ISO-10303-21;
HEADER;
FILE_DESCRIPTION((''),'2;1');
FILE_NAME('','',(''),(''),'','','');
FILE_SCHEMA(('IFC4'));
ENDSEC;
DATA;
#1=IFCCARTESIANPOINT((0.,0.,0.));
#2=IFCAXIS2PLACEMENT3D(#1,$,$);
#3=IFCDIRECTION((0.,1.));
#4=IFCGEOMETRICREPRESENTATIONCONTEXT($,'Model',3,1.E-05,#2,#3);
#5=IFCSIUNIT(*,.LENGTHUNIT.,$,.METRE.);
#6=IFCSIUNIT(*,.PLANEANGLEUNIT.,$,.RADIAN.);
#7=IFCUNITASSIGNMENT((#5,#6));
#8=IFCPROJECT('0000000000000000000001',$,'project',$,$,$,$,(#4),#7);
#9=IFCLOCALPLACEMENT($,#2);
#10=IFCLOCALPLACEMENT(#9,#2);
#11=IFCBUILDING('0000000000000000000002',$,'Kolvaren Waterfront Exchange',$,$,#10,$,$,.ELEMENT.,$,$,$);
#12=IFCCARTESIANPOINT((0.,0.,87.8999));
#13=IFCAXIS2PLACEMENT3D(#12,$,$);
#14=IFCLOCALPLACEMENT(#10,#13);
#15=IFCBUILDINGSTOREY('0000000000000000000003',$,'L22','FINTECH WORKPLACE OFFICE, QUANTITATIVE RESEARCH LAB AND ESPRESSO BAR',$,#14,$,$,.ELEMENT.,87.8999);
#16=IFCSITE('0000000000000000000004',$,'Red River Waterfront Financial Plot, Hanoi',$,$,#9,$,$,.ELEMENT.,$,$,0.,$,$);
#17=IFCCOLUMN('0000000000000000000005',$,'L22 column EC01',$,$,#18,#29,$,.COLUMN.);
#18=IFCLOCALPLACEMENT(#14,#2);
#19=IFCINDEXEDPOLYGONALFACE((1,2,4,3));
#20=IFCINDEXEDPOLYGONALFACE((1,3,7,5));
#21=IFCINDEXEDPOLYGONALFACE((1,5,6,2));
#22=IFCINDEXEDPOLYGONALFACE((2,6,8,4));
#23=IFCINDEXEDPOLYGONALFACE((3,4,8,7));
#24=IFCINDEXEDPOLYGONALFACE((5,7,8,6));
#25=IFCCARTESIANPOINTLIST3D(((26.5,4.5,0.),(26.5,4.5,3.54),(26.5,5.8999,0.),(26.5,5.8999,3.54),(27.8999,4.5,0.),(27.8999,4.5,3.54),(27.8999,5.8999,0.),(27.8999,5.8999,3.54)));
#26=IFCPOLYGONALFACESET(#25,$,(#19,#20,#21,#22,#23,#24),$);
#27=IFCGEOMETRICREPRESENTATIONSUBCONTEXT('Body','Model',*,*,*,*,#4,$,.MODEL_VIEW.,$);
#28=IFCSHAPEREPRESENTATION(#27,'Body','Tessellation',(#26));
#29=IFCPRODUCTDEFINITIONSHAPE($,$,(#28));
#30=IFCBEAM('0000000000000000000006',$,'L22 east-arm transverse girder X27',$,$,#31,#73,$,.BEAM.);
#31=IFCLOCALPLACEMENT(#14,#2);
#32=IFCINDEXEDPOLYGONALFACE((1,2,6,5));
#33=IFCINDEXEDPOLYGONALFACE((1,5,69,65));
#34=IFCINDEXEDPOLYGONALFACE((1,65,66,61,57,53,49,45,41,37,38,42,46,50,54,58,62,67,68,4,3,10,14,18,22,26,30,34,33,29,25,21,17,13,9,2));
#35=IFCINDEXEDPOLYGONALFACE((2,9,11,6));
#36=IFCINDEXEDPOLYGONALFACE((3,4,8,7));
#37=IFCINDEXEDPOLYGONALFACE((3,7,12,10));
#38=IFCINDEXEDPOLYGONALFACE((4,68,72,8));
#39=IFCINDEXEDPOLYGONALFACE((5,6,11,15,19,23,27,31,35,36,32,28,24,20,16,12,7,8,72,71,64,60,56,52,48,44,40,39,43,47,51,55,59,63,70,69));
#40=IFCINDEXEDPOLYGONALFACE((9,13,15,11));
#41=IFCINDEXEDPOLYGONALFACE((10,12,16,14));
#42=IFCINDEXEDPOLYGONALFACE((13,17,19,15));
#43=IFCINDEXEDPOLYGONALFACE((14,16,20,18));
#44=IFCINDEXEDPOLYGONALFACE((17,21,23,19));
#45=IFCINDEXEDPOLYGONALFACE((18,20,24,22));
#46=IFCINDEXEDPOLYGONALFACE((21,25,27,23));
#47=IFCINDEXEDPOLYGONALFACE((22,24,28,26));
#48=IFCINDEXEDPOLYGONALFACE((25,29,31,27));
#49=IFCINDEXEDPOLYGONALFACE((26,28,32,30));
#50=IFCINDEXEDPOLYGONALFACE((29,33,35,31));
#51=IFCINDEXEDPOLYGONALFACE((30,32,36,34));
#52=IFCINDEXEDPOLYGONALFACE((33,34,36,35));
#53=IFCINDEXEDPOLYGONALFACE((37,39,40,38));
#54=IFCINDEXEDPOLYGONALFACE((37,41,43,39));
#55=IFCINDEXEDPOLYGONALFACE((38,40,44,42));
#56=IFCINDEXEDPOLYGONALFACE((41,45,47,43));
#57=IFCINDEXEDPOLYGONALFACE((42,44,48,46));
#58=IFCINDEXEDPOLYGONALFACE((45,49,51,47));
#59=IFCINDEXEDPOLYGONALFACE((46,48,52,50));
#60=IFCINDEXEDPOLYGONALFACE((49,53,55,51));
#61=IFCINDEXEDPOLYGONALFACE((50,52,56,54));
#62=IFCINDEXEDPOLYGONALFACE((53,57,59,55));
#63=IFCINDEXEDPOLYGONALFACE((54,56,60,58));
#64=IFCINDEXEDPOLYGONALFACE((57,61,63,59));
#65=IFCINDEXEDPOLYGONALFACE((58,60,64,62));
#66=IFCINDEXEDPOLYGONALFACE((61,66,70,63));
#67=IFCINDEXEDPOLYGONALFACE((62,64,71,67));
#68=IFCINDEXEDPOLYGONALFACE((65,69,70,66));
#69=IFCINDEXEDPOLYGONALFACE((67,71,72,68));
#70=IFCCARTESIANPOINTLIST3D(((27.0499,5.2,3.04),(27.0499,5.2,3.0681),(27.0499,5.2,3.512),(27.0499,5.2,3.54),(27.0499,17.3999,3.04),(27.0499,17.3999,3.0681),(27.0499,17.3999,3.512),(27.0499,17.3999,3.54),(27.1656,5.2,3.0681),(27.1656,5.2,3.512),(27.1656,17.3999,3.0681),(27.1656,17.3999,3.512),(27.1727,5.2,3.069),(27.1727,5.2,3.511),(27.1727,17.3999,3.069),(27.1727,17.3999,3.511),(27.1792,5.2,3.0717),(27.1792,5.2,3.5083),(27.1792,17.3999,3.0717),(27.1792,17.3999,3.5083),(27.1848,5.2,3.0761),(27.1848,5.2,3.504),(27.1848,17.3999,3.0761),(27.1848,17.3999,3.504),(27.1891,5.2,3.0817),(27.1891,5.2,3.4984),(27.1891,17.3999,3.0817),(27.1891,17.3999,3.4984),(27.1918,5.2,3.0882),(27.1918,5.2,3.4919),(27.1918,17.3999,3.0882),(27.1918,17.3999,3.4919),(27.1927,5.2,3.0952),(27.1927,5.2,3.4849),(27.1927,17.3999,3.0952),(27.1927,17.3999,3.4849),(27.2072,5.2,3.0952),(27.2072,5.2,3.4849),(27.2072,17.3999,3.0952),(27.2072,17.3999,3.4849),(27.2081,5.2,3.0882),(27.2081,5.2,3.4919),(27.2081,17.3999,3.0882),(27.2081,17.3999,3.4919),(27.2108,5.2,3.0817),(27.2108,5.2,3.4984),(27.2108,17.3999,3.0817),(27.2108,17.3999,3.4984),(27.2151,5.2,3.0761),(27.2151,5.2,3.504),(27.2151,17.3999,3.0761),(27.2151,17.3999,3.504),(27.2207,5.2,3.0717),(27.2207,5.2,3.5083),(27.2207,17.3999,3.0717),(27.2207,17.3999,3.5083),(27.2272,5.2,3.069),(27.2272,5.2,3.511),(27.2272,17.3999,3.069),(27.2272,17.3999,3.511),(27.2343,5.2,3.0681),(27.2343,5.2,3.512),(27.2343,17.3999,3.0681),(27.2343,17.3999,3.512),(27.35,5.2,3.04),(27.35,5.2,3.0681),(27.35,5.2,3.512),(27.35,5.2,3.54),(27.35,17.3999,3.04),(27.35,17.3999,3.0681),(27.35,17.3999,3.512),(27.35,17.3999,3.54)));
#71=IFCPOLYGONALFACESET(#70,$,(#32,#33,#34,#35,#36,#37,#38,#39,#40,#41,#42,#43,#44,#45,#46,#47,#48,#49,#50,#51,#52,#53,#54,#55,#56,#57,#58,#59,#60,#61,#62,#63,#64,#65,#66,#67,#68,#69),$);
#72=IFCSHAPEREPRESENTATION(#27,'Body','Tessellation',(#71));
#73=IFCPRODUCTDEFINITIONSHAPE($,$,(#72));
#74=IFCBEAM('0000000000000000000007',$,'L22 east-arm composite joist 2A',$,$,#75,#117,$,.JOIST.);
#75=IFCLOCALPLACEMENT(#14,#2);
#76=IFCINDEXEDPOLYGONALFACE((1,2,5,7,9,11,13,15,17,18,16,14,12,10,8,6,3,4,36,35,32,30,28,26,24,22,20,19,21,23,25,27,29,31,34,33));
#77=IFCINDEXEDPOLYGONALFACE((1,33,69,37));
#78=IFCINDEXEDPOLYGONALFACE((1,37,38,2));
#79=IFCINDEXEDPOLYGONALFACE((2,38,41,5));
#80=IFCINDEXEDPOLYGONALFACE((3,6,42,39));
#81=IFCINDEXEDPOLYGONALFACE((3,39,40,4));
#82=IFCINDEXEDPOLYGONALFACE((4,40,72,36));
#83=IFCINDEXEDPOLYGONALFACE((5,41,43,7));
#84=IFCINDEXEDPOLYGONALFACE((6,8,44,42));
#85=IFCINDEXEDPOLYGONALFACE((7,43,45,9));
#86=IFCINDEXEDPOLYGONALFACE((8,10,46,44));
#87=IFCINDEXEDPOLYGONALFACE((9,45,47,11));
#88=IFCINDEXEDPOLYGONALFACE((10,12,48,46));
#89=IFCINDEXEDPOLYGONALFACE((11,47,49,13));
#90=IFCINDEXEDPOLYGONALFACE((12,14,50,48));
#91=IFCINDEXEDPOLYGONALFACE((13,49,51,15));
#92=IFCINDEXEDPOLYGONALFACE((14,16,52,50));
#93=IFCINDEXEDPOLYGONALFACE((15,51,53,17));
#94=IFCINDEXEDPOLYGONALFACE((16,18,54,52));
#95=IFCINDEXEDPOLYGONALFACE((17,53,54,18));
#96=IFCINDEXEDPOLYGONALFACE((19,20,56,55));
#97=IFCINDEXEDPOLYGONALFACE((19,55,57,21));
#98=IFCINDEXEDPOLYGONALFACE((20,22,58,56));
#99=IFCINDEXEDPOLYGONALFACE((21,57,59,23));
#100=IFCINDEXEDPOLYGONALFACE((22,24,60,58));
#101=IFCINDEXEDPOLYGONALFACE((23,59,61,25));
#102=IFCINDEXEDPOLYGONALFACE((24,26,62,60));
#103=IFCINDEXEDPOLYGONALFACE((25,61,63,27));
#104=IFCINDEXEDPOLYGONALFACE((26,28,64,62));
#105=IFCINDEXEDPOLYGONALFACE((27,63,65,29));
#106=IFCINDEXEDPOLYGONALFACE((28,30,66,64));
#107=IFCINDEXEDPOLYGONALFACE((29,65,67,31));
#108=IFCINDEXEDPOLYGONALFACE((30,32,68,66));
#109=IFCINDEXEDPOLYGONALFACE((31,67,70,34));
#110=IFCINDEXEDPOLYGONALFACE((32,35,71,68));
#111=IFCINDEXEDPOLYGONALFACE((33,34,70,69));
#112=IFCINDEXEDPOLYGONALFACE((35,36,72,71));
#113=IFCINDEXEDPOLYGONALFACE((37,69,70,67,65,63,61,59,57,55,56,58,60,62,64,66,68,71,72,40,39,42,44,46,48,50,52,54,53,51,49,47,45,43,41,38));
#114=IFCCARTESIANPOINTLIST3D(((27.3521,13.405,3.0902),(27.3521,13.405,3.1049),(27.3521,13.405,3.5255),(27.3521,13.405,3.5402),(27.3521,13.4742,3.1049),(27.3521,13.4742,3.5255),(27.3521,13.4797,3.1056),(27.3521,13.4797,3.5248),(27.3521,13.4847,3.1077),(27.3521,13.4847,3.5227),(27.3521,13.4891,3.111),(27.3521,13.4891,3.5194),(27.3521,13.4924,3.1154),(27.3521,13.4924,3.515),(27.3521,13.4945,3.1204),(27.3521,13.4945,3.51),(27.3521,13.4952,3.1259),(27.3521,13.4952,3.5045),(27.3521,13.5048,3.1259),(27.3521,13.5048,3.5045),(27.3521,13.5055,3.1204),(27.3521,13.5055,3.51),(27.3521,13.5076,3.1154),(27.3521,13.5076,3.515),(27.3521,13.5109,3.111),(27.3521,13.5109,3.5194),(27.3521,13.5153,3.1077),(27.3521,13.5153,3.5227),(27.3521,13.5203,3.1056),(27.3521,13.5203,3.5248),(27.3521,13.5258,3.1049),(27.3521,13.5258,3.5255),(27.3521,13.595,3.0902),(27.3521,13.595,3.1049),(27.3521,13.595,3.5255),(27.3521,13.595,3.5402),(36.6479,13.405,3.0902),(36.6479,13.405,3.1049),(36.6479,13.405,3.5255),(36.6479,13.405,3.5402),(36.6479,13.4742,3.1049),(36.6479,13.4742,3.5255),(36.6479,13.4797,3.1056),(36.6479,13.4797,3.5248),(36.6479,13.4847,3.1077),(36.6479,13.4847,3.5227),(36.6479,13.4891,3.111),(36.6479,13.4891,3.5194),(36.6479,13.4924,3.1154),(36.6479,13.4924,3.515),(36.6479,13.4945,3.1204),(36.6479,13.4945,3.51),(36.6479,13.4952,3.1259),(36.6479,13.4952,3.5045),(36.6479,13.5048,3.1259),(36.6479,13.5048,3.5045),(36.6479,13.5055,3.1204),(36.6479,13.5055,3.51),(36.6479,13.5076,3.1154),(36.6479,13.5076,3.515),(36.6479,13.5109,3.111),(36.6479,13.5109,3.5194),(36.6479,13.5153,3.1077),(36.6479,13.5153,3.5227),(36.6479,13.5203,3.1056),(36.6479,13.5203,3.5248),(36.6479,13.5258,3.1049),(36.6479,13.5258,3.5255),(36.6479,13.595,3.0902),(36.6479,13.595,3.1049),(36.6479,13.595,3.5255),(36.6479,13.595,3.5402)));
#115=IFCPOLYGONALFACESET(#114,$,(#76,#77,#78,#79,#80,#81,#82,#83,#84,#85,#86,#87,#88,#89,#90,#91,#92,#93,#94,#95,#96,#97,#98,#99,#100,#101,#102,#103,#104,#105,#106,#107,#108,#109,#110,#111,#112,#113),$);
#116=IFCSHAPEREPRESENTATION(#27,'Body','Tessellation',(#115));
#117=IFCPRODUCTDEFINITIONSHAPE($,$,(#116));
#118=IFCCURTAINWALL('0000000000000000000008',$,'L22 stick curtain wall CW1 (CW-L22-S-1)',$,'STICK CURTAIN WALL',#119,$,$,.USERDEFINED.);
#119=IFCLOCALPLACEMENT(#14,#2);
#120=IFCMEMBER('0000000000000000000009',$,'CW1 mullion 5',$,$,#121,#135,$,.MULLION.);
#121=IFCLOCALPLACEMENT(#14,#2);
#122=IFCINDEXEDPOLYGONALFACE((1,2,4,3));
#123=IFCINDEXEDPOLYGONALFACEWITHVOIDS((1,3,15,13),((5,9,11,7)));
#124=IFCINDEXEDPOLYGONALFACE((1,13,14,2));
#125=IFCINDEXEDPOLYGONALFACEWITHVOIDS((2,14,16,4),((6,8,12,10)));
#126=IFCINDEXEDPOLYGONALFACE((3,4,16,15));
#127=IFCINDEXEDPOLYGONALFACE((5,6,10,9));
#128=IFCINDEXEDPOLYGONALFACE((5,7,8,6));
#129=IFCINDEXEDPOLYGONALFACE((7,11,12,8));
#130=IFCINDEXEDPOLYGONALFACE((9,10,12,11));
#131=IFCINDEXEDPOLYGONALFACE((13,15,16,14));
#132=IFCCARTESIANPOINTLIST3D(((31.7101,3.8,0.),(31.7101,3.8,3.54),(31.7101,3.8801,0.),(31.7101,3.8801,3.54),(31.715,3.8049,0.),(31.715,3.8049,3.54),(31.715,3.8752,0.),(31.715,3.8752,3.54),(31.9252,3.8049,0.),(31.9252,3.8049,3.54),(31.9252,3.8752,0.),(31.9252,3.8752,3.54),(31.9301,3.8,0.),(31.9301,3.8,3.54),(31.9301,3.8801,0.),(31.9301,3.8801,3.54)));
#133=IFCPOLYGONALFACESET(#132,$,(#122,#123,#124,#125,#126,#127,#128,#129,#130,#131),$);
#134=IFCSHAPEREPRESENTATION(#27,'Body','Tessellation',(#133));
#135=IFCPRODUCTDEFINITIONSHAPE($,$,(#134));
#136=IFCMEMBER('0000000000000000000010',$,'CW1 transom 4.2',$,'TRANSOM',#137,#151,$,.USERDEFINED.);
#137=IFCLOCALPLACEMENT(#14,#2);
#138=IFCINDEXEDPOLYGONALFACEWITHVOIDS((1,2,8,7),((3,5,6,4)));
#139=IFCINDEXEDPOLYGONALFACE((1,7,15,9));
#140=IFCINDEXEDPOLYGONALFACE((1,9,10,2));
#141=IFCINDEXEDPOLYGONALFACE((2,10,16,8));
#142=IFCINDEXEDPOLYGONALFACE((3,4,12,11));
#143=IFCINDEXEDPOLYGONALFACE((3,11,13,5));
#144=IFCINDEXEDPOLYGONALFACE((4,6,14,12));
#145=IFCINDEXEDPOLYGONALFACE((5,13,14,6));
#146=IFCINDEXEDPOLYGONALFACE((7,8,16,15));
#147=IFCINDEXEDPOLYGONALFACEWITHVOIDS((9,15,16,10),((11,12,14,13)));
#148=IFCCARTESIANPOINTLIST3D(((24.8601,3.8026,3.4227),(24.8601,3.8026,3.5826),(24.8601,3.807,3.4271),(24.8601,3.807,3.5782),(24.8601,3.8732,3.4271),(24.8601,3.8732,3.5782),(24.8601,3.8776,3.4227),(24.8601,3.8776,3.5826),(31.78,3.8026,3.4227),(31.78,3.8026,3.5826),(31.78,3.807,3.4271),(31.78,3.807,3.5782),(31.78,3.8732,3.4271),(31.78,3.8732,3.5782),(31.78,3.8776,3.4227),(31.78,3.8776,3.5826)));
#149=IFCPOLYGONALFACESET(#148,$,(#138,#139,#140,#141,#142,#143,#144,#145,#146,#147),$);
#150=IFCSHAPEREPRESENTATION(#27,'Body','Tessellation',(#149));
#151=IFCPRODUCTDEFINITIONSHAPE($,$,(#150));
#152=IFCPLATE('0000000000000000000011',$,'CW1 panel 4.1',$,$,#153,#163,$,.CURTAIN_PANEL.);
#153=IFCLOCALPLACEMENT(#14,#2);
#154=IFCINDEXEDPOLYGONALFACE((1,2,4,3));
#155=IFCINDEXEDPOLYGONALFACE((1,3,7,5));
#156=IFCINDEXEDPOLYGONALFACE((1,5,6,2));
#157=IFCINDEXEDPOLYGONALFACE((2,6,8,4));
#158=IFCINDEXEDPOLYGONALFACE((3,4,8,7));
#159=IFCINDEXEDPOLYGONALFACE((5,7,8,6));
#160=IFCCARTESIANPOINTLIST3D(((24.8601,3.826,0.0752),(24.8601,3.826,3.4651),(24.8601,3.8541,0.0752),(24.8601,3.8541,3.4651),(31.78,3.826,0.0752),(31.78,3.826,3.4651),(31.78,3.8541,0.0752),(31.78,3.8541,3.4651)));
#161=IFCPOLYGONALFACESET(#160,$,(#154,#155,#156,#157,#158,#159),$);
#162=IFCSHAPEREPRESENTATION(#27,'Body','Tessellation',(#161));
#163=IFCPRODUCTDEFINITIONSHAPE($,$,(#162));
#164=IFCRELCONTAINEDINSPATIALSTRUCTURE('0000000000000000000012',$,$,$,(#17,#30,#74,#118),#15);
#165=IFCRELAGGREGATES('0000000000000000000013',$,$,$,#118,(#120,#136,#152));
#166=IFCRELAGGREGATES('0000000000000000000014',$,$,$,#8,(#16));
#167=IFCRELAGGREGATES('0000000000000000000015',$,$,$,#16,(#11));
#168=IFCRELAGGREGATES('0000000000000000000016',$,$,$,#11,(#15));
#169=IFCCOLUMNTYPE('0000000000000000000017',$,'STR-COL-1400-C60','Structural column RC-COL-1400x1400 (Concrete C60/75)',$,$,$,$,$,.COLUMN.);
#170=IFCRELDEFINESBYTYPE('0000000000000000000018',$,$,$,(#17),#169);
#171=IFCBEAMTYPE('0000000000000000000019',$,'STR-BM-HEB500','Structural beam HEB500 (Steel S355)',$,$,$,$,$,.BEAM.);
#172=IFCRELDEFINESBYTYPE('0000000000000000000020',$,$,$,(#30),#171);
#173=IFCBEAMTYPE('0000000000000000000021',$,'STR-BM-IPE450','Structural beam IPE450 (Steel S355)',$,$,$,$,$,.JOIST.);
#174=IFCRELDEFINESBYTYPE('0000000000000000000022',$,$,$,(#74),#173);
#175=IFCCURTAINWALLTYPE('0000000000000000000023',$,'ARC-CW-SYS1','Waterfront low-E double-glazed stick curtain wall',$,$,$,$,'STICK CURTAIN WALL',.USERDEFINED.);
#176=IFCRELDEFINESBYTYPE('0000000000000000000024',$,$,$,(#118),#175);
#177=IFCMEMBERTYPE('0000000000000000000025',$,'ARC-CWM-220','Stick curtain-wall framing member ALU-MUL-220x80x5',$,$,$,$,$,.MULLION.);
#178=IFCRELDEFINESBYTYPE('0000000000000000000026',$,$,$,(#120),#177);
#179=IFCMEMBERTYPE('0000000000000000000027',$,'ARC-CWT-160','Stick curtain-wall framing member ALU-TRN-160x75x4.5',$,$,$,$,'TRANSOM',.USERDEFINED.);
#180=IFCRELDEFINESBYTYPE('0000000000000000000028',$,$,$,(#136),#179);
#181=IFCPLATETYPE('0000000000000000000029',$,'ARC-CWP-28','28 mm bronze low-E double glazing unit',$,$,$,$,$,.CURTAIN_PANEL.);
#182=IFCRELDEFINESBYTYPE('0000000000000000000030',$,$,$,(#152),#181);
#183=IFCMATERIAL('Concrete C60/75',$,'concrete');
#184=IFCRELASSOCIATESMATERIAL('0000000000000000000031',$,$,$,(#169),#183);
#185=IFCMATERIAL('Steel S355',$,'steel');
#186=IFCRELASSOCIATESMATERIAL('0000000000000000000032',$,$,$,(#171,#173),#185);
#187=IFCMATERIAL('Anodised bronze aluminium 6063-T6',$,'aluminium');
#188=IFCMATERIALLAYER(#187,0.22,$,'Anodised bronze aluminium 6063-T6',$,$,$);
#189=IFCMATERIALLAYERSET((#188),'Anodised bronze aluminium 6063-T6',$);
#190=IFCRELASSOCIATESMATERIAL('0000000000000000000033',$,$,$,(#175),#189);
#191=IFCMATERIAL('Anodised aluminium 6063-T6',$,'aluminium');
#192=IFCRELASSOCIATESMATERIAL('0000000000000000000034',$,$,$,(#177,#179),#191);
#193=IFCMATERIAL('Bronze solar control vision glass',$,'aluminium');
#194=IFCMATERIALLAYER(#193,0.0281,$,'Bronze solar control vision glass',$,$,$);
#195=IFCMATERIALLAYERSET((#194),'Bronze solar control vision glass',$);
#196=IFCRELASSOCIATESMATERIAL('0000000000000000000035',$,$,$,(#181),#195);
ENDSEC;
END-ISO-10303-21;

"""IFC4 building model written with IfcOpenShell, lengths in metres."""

from ifc_helpers import new_model, si_unit, direction, frame, origin, origin_with_axes, origin_2d, place, context, subcontext, project, spatial, rectangle, hollow_rectangle, i_section, extrude, source, transform, mapped, material, layer, layer_set, material_profile, profile_set, type_object, element, aggregate, save


model = new_model("IFC4")

# Units and contexts
model_context = context("Model", 3, precision=1e-05, world=origin(), true_north=direction((0.0, 1.0)))
body_context = subcontext(model_context, "Body", "Model", "MODEL_VIEW")
ifc_project = project(units=[si_unit("LENGTHUNIT", "METRE"), si_unit("PLANEANGLEUNIT", "RADIAN")], contexts=[model_context])

# Site, building, storey
site_placement = place(None, origin())
site = spatial("IfcSite", under=ifc_project, at=site_placement, Name="Red River Waterfront Financial Plot, Hanoi", CompositionType="ELEMENT", RefElevation=0.0)
building_placement = place(site_placement, origin())
building = spatial("IfcBuilding", under=site, at=building_placement, Name="Kolvaren Waterfront Exchange", CompositionType="ELEMENT")
storey_placement = place(building_placement, frame((0.0, 0.0, 87.8999)))
storey = spatial("IfcBuildingStorey", under=building, at=storey_placement, Name="L22", Description="FINTECH WORKPLACE OFFICE, QUANTITATIVE RESEARCH LAB AND ESPRESSO BAR", CompositionType="ELEMENT", Elevation=87.8999)

# Column
ifc_material_1 = material(Name="Concrete C60/75", Category="concrete")
ifc_material_profile_1 = material_profile(ifc_material_1, rectangle(XDim=1.3999, YDim=1.3999, at=origin_2d()), Name="RC-COL-1400x1400")
ifc_profile_set_1 = profile_set([ifc_material_profile_1], Name="Concrete C60/75")
column_type = type_object("IfcColumnType", Name="STR-COL-1400-C60", Description="Structural column RC-COL-1400x1400 (Concrete C60/75)", PredefinedType="COLUMN", material=ifc_profile_set_1)
column_placement = place(storey_placement, frame((27.2, 5.2, 0.0), z_axis=(0.0, 0.0, 1.0), x_axis=(1.0, 0.0, 0.0)))
element("IfcColumn", 1, at=column_placement, inside=storey, type_object=column_type, Name="L22 column EC01", PredefinedType="COLUMN", context=body_context, shape_type="SweptSolid", body=[
    extrude(rectangle(XDim=1.3999, YDim=1.3999, at=origin_2d()), origin(), (0.0, 0.0, 1.0), 3.54),
])

# Beams
ifc_material_2 = material(Name="Steel S355", Category="steel")
ifc_material_profile_2 = material_profile(ifc_material_2, i_section(OverallWidth=0.3, OverallDepth=0.5, WebThickness=0.0144, FlangeThickness=0.0281, FilletRadius=0.0271, at=origin_2d()), Name="HEB500")
ifc_profile_set_2 = profile_set([ifc_material_profile_2], Name="Steel S355")
beam_type_1 = type_object("IfcBeamType", Name="STR-BM-HEB500", Description="Structural beam HEB500 (Steel S355)", PredefinedType="BEAM", material=ifc_profile_set_2)
beam_1_placement = place(storey_placement, frame((27.2, 5.2, 3.29), z_axis=(0.0, 1.0, 0.0), x_axis=(-1.0, 0.0, 0.0)))
element("IfcBeam", 2, at=beam_1_placement, inside=storey, type_object=beam_type_1, Name="L22 east-arm transverse girder X27", PredefinedType="BEAM", context=body_context, shape_type="SweptSolid", body=[
    extrude(i_section(OverallWidth=0.3, OverallDepth=0.5, WebThickness=0.0144, FlangeThickness=0.0281, FilletRadius=0.0271, at=origin_2d()), origin(), (0.0, 0.0, 1.0), 12.2),
])
ifc_material_profile_3 = material_profile(ifc_material_2, i_section(OverallWidth=0.1899, OverallDepth=0.45, WebThickness=0.0095, FlangeThickness=0.0146, FilletRadius=0.021, at=origin_2d()), Name="IPE450")
ifc_profile_set_3 = profile_set([ifc_material_profile_3], Name="Steel S355")
beam_type_2 = type_object("IfcBeamType", Name="STR-BM-IPE450", Description="Structural beam IPE450 (Steel S355)", PredefinedType="JOIST", material=ifc_profile_set_3)
beam_2_placement = place(storey_placement, frame((27.3521, 13.5, 3.3152), z_axis=(1.0, 0.0, 0.0), x_axis=(0.0, 1.0, 0.0)))
element("IfcBeam", 3, at=beam_2_placement, inside=storey, type_object=beam_type_2, Name="L22 east-arm composite joist 2A", PredefinedType="JOIST", context=body_context, shape_type="SweptSolid", body=[
    extrude(i_section(OverallWidth=0.1899, OverallDepth=0.45, WebThickness=0.0095, FlangeThickness=0.0146, FilletRadius=0.021, at=origin_2d()), origin(), (0.0, 0.0, 1.0), 9.2959),
])

# Curtain wall, members, plate
ifc_material_3 = material(Name="Anodised bronze aluminium 6063-T6", Category="aluminium")
ifc_layer_1 = layer(ifc_material_3, 0.22, Name="Anodised bronze aluminium 6063-T6")
ifc_layer_set_1 = layer_set([ifc_layer_1], Name="Anodised bronze aluminium 6063-T6")
curtain_wall_type = type_object("IfcCurtainWallType", Name="ARC-CW-SYS1", Description="Waterfront low-E double-glazed stick curtain wall", ElementType="STICK CURTAIN WALL", PredefinedType="USERDEFINED", material=ifc_layer_set_1)
curtain_wall_placement = place(storey_placement, origin())
curtain_wall = element("IfcCurtainWall", 4, at=curtain_wall_placement, inside=storey, type_object=curtain_wall_type, Name="L22 stick curtain wall CW1 (CW-L22-S-1)", ObjectType="STICK CURTAIN WALL", PredefinedType="USERDEFINED")
ifc_material_4 = material(Name="Anodised aluminium 6063-T6", Category="aluminium")
ifc_material_profile_4 = material_profile(ifc_material_4, hollow_rectangle(XDim=0.0801, YDim=0.22, WallThickness=0.0049, at=origin_2d()), Name="ALU-MUL-220x80x5")
ifc_profile_set_4 = profile_set([ifc_material_profile_4], Name="Anodised aluminium 6063-T6")
member_type_1 = type_object("IfcMemberType", Name="ARC-CWM-220", Description="Stick curtain-wall framing member ALU-MUL-220x80x5", PredefinedType="MULLION", material=ifc_profile_set_4)
shared_shape_1 = source(origin_with_axes(), body_context, "Body", "SweptSolid", [
    extrude(hollow_rectangle(XDim=0.0801, YDim=0.22, WallThickness=0.0049, at=origin_2d()), origin(), (0.0, 0.0, 1.0), 3.54),
])
member_1_placement = place(storey_placement, frame((31.8201, 3.8401, 0.0), z_axis=(0.0, 0.0, 1.0), x_axis=(0.0, 1.0, 0.0)))
member_1 = element("IfcMember", 5, at=member_1_placement, type_object=member_type_1, Name="CW1 mullion 5", PredefinedType="MULLION", context=body_context, shape_type="MappedRepresentation", body=[
    mapped(shared_shape_1, transform((0.0, 0.0, 0.0), x_axis=(1.0, 0.0, 0.0), y_axis=(0.0, 1.0, 0.0), z_axis=(0.0, 0.0, 1.0), scale=1.0)),
])
ifc_material_profile_5 = material_profile(ifc_material_4, hollow_rectangle(XDim=0.075, YDim=0.1599, WallThickness=0.0044, at=origin_2d()), Name="ALU-TRN-160x75x4.5")
ifc_profile_set_5 = profile_set([ifc_material_profile_5], Name="Anodised aluminium 6063-T6")
member_type_2 = type_object("IfcMemberType", Name="ARC-CWT-160", Description="Stick curtain-wall framing member ALU-TRN-160x75x4.5", ElementType="TRANSOM", PredefinedType="USERDEFINED", material=ifc_profile_set_5)
shared_shape_2 = source(origin_with_axes(), body_context, "Body", "SweptSolid", [
    extrude(hollow_rectangle(XDim=0.075, YDim=0.1599, WallThickness=0.0044, at=origin_2d()), origin(), (0.0, 0.0, 1.0), 6.9199),
])
member_2_placement = place(storey_placement, frame((24.8601, 3.8401, 3.5027), z_axis=(1.0, 0.0, 0.0), x_axis=(0.0, 1.0, 0.0)))
member_2 = element("IfcMember", 6, at=member_2_placement, type_object=member_type_2, Name="CW1 transom 4.2", ObjectType="TRANSOM", PredefinedType="USERDEFINED", context=body_context, shape_type="MappedRepresentation", body=[
    mapped(shared_shape_2, transform((0.0, 0.0, 0.0), x_axis=(1.0, 0.0, 0.0), y_axis=(0.0, 1.0, 0.0), z_axis=(0.0, 0.0, 1.0), scale=1.0)),
])
ifc_material_5 = material(Name="Bronze solar control vision glass", Category="aluminium")
ifc_layer_2 = layer(ifc_material_5, 0.0281, Name="Bronze solar control vision glass")
ifc_layer_set_2 = layer_set([ifc_layer_2], Name="Bronze solar control vision glass")
plate_type = type_object("IfcPlateType", Name="ARC-CWP-28", Description="28 mm bronze low-E double glazing unit", PredefinedType="CURTAIN_PANEL", material=ifc_layer_set_2)
shared_shape_3 = source(origin_with_axes(), body_context, "Body", "SweptSolid", [
    extrude(rectangle(XDim=6.9199, YDim=0.0281, at=origin_2d()), origin(), (0.0, 0.0, 1.0), 3.3899),
])
plate_placement = place(storey_placement, frame((28.3201, 3.8401, 0.0752), z_axis=(0.0, 0.0, 1.0), x_axis=(1.0, 0.0, 0.0)))
plate = element("IfcPlate", 7, at=plate_placement, type_object=plate_type, Name="CW1 panel 4.1", PredefinedType="CURTAIN_PANEL", context=body_context, shape_type="MappedRepresentation", body=[
    mapped(shared_shape_3, transform((0.0, 0.0, 0.0), x_axis=(1.0, 0.0, 0.0), y_axis=(0.0, 1.0, 0.0), z_axis=(0.0, 0.0, 1.0), scale=1.0)),
])
aggregate(curtain_wall, [member_1, member_2, plate])

save(model, "model.ifc")
